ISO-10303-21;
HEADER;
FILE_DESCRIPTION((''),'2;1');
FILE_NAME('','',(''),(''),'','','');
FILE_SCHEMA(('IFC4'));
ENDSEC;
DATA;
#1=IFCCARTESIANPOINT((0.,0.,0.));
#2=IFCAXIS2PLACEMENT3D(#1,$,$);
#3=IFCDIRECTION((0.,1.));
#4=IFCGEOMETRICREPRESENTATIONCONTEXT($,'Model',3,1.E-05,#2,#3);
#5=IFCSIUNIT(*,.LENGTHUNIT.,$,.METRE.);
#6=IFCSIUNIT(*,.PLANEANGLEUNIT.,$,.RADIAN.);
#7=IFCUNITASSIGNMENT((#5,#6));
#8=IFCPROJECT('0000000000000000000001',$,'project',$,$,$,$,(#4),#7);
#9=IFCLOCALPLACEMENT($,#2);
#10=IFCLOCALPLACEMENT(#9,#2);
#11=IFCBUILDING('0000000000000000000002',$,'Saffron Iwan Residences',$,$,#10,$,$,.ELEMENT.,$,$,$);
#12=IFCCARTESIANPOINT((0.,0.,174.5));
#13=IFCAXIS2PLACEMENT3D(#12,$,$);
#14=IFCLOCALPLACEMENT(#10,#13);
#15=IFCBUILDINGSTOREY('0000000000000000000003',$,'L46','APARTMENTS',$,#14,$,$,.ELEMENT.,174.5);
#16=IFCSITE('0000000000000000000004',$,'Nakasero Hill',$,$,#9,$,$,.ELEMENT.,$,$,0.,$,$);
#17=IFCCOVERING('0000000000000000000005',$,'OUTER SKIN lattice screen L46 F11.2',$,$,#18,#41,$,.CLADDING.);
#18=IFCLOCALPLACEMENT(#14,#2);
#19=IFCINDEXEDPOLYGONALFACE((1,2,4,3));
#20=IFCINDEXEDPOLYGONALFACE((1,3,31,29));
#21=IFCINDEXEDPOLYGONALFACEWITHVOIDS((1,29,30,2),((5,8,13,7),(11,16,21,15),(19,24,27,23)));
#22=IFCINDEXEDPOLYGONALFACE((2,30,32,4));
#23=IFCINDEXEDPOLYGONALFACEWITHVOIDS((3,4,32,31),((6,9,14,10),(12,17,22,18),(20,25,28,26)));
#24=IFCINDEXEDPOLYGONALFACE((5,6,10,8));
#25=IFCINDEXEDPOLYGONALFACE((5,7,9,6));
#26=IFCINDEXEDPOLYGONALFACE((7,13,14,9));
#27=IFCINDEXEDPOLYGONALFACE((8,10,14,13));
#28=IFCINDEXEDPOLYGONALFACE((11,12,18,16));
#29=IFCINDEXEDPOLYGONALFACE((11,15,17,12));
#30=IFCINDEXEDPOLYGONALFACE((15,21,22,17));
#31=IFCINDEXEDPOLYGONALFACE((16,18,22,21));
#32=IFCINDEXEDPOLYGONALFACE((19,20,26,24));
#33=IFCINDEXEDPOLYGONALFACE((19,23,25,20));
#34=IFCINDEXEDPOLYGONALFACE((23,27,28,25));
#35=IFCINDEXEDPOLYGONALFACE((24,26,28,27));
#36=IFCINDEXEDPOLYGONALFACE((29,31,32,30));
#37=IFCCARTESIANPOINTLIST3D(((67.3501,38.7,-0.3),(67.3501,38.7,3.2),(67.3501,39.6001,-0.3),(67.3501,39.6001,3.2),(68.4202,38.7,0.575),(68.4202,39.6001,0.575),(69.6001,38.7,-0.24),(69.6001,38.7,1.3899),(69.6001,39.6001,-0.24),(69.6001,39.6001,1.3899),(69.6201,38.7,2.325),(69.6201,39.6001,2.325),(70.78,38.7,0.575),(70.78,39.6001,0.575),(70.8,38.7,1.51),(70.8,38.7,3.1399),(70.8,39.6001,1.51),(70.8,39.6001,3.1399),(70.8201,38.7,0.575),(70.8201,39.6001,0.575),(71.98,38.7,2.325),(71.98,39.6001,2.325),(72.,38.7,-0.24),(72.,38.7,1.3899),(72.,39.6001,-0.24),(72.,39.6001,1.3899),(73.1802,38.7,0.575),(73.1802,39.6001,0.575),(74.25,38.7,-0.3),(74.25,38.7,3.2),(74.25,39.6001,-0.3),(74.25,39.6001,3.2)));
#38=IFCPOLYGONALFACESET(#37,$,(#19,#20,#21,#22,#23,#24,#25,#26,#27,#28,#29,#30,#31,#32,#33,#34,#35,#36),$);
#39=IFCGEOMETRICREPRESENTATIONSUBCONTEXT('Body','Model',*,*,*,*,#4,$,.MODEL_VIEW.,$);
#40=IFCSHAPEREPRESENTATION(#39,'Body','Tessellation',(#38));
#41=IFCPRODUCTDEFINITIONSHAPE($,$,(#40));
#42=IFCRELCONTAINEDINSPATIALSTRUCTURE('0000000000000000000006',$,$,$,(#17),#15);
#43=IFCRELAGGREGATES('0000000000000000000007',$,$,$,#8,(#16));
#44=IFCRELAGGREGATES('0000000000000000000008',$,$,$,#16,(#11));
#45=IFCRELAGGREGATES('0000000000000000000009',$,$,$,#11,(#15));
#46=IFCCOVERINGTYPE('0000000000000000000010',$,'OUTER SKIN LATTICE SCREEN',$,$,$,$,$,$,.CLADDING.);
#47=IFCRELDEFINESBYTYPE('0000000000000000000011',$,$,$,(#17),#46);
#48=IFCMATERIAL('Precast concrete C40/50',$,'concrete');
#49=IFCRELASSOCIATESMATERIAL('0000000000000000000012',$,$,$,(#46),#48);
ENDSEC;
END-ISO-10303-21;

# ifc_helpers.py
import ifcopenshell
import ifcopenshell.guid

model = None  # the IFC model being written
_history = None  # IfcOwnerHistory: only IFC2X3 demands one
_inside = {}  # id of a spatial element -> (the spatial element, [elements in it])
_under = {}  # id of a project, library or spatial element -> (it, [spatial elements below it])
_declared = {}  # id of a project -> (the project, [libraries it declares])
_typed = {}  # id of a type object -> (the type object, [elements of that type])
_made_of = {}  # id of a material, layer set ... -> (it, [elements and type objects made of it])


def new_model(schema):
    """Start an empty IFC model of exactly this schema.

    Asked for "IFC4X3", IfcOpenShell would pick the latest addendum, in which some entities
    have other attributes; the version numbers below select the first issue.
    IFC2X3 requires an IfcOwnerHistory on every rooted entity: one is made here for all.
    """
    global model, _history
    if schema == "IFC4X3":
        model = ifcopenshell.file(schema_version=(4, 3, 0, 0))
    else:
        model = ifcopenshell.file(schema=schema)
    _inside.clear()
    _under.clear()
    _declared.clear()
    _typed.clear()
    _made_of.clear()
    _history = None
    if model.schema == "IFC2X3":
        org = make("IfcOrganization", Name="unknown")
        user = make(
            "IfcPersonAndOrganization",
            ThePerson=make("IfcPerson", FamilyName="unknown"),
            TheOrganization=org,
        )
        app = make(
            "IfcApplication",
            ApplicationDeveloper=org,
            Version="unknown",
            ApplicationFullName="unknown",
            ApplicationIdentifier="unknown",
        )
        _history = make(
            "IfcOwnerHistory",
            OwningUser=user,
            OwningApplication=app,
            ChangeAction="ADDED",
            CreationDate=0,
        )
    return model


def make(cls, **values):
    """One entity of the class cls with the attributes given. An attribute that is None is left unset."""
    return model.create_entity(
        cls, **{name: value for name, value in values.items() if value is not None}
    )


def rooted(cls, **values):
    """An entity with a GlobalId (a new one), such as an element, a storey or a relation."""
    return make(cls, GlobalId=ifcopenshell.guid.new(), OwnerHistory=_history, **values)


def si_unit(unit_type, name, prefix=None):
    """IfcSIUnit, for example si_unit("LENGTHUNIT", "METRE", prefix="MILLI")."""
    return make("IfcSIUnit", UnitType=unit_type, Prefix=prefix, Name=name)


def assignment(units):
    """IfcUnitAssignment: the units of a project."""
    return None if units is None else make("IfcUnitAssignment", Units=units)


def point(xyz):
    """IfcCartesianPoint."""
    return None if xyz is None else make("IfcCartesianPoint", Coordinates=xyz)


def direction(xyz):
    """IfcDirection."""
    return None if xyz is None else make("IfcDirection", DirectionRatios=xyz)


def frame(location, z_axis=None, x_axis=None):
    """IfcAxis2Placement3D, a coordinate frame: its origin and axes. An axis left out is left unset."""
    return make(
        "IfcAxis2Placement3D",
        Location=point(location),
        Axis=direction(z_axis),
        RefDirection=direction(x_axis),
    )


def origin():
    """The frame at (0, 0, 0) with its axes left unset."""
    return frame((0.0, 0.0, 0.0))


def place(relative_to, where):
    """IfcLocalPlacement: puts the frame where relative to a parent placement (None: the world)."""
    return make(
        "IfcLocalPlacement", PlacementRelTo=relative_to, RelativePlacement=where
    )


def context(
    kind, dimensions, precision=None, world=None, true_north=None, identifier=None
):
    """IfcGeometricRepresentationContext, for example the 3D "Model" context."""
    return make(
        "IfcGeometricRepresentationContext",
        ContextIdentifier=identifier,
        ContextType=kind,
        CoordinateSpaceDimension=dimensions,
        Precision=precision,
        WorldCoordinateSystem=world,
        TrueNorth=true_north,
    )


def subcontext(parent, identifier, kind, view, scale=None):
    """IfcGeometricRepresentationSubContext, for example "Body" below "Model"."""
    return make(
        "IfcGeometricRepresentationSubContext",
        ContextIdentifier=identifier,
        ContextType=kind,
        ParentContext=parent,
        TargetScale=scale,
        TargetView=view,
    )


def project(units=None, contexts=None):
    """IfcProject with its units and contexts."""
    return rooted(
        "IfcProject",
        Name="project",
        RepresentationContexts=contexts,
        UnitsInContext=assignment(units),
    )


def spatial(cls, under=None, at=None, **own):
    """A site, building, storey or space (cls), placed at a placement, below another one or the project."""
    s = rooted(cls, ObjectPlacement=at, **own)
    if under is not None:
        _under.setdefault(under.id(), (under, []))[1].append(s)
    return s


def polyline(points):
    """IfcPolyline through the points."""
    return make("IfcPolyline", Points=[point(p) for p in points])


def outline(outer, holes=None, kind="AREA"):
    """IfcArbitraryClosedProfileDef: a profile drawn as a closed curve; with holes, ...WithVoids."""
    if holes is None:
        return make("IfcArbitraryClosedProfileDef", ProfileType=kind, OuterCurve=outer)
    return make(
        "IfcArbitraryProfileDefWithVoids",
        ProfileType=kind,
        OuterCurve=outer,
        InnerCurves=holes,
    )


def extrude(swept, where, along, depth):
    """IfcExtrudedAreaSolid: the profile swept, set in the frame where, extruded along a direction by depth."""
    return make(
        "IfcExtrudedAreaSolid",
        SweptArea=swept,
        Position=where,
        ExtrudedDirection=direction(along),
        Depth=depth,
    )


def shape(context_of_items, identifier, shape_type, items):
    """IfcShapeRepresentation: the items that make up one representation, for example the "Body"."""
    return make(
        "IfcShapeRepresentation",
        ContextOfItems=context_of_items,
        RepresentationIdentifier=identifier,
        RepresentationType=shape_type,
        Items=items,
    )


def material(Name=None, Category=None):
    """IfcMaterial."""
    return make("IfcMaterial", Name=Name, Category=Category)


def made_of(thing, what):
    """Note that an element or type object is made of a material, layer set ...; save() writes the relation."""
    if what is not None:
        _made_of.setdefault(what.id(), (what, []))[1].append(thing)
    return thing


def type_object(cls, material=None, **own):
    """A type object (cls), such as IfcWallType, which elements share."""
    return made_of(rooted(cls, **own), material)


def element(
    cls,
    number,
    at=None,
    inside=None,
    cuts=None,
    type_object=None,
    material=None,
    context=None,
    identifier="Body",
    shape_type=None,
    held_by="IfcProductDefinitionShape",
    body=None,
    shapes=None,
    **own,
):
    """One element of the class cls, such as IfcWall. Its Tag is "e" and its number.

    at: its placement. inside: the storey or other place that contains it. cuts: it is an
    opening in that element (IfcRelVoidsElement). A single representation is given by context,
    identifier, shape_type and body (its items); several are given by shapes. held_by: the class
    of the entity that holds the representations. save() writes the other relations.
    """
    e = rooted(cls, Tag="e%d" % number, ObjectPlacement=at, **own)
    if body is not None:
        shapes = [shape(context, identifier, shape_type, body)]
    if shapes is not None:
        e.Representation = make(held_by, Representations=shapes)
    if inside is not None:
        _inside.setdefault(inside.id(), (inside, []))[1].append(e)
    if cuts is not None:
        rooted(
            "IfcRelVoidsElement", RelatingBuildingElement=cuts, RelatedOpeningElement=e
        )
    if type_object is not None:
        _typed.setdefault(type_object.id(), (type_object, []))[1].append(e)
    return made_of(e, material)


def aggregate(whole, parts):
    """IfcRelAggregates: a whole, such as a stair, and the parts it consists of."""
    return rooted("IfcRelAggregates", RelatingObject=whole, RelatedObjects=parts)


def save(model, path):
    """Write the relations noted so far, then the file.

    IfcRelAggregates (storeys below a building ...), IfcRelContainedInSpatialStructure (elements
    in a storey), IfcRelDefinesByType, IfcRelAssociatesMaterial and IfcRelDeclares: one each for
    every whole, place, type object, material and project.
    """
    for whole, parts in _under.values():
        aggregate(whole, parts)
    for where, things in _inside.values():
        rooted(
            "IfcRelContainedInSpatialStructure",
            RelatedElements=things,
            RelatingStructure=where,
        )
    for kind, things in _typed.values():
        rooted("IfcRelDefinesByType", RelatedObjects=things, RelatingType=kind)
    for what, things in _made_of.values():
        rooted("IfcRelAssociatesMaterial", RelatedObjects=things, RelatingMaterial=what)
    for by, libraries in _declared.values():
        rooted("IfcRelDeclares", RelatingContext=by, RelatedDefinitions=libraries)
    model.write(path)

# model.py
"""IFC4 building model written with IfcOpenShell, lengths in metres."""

from ifc_helpers import new_model, si_unit, direction, frame, origin, place, context, subcontext, project, spatial, polyline, outline, extrude, material, type_object, element, save


model = new_model("IFC4")

# Units and contexts
model_context = context("Model", 3, precision=1e-05, world=origin(), true_north=direction((0.0, 1.0)))
body_context = subcontext(model_context, "Body", "Model", "MODEL_VIEW")
ifc_project = project(units=[si_unit("LENGTHUNIT", "METRE"), si_unit("PLANEANGLEUNIT", "RADIAN")], contexts=[model_context])

# Site, building, storey
site_placement = place(None, origin())
site = spatial("IfcSite", under=ifc_project, at=site_placement, Name="Nakasero Hill", CompositionType="ELEMENT", RefElevation=0.0)
building_placement = place(site_placement, origin())
building = spatial("IfcBuilding", under=site, at=building_placement, Name="Saffron Iwan Residences", CompositionType="ELEMENT")
storey_placement = place(building_placement, frame((0.0, 0.0, 174.5)))
storey = spatial("IfcBuildingStorey", under=building, at=storey_placement, Name="L46", Description="APARTMENTS", CompositionType="ELEMENT", Elevation=174.5)

# Covering
ifc_material_1 = material(Name="Precast concrete C40/50", Category="concrete")
covering_type = type_object("IfcCoveringType", Name="OUTER SKIN LATTICE SCREEN", PredefinedType="CLADDING", material=ifc_material_1)
covering_placement = place(storey_placement, frame((67.3501, 39.6001, -0.3), z_axis=(0.0, -1.0, 0.0), x_axis=(1.0, 0.0, 0.0)))
element("IfcCovering", 1, at=covering_placement, inside=storey, type_object=covering_type, Name="OUTER SKIN lattice screen L46 F11.2", PredefinedType="CLADDING", context=body_context, shape_type="SweptSolid", body=[
    extrude(outline(polyline([(0.0, 0.0), (6.8999, 0.0), (6.8999, 3.5), (0.0, 3.5), (0.0, 0.0)]), holes=[polyline([(1.0701, 0.875), (2.25, 0.0601), (3.4299, 0.875), (2.25, 1.6899), (1.0701, 0.875)]), polyline([(3.47, 0.875), (4.6499, 0.0601), (5.8301, 0.875), (4.6499, 1.6899), (3.47, 0.875)]), polyline([(2.27, 2.625), (3.45, 1.8101), (4.6299, 2.625), (3.45, 3.4399), (2.27, 2.625)])]), origin(), (0.0, 0.0, 1.0), 0.9001),
])

save(model, "model.ifc")
